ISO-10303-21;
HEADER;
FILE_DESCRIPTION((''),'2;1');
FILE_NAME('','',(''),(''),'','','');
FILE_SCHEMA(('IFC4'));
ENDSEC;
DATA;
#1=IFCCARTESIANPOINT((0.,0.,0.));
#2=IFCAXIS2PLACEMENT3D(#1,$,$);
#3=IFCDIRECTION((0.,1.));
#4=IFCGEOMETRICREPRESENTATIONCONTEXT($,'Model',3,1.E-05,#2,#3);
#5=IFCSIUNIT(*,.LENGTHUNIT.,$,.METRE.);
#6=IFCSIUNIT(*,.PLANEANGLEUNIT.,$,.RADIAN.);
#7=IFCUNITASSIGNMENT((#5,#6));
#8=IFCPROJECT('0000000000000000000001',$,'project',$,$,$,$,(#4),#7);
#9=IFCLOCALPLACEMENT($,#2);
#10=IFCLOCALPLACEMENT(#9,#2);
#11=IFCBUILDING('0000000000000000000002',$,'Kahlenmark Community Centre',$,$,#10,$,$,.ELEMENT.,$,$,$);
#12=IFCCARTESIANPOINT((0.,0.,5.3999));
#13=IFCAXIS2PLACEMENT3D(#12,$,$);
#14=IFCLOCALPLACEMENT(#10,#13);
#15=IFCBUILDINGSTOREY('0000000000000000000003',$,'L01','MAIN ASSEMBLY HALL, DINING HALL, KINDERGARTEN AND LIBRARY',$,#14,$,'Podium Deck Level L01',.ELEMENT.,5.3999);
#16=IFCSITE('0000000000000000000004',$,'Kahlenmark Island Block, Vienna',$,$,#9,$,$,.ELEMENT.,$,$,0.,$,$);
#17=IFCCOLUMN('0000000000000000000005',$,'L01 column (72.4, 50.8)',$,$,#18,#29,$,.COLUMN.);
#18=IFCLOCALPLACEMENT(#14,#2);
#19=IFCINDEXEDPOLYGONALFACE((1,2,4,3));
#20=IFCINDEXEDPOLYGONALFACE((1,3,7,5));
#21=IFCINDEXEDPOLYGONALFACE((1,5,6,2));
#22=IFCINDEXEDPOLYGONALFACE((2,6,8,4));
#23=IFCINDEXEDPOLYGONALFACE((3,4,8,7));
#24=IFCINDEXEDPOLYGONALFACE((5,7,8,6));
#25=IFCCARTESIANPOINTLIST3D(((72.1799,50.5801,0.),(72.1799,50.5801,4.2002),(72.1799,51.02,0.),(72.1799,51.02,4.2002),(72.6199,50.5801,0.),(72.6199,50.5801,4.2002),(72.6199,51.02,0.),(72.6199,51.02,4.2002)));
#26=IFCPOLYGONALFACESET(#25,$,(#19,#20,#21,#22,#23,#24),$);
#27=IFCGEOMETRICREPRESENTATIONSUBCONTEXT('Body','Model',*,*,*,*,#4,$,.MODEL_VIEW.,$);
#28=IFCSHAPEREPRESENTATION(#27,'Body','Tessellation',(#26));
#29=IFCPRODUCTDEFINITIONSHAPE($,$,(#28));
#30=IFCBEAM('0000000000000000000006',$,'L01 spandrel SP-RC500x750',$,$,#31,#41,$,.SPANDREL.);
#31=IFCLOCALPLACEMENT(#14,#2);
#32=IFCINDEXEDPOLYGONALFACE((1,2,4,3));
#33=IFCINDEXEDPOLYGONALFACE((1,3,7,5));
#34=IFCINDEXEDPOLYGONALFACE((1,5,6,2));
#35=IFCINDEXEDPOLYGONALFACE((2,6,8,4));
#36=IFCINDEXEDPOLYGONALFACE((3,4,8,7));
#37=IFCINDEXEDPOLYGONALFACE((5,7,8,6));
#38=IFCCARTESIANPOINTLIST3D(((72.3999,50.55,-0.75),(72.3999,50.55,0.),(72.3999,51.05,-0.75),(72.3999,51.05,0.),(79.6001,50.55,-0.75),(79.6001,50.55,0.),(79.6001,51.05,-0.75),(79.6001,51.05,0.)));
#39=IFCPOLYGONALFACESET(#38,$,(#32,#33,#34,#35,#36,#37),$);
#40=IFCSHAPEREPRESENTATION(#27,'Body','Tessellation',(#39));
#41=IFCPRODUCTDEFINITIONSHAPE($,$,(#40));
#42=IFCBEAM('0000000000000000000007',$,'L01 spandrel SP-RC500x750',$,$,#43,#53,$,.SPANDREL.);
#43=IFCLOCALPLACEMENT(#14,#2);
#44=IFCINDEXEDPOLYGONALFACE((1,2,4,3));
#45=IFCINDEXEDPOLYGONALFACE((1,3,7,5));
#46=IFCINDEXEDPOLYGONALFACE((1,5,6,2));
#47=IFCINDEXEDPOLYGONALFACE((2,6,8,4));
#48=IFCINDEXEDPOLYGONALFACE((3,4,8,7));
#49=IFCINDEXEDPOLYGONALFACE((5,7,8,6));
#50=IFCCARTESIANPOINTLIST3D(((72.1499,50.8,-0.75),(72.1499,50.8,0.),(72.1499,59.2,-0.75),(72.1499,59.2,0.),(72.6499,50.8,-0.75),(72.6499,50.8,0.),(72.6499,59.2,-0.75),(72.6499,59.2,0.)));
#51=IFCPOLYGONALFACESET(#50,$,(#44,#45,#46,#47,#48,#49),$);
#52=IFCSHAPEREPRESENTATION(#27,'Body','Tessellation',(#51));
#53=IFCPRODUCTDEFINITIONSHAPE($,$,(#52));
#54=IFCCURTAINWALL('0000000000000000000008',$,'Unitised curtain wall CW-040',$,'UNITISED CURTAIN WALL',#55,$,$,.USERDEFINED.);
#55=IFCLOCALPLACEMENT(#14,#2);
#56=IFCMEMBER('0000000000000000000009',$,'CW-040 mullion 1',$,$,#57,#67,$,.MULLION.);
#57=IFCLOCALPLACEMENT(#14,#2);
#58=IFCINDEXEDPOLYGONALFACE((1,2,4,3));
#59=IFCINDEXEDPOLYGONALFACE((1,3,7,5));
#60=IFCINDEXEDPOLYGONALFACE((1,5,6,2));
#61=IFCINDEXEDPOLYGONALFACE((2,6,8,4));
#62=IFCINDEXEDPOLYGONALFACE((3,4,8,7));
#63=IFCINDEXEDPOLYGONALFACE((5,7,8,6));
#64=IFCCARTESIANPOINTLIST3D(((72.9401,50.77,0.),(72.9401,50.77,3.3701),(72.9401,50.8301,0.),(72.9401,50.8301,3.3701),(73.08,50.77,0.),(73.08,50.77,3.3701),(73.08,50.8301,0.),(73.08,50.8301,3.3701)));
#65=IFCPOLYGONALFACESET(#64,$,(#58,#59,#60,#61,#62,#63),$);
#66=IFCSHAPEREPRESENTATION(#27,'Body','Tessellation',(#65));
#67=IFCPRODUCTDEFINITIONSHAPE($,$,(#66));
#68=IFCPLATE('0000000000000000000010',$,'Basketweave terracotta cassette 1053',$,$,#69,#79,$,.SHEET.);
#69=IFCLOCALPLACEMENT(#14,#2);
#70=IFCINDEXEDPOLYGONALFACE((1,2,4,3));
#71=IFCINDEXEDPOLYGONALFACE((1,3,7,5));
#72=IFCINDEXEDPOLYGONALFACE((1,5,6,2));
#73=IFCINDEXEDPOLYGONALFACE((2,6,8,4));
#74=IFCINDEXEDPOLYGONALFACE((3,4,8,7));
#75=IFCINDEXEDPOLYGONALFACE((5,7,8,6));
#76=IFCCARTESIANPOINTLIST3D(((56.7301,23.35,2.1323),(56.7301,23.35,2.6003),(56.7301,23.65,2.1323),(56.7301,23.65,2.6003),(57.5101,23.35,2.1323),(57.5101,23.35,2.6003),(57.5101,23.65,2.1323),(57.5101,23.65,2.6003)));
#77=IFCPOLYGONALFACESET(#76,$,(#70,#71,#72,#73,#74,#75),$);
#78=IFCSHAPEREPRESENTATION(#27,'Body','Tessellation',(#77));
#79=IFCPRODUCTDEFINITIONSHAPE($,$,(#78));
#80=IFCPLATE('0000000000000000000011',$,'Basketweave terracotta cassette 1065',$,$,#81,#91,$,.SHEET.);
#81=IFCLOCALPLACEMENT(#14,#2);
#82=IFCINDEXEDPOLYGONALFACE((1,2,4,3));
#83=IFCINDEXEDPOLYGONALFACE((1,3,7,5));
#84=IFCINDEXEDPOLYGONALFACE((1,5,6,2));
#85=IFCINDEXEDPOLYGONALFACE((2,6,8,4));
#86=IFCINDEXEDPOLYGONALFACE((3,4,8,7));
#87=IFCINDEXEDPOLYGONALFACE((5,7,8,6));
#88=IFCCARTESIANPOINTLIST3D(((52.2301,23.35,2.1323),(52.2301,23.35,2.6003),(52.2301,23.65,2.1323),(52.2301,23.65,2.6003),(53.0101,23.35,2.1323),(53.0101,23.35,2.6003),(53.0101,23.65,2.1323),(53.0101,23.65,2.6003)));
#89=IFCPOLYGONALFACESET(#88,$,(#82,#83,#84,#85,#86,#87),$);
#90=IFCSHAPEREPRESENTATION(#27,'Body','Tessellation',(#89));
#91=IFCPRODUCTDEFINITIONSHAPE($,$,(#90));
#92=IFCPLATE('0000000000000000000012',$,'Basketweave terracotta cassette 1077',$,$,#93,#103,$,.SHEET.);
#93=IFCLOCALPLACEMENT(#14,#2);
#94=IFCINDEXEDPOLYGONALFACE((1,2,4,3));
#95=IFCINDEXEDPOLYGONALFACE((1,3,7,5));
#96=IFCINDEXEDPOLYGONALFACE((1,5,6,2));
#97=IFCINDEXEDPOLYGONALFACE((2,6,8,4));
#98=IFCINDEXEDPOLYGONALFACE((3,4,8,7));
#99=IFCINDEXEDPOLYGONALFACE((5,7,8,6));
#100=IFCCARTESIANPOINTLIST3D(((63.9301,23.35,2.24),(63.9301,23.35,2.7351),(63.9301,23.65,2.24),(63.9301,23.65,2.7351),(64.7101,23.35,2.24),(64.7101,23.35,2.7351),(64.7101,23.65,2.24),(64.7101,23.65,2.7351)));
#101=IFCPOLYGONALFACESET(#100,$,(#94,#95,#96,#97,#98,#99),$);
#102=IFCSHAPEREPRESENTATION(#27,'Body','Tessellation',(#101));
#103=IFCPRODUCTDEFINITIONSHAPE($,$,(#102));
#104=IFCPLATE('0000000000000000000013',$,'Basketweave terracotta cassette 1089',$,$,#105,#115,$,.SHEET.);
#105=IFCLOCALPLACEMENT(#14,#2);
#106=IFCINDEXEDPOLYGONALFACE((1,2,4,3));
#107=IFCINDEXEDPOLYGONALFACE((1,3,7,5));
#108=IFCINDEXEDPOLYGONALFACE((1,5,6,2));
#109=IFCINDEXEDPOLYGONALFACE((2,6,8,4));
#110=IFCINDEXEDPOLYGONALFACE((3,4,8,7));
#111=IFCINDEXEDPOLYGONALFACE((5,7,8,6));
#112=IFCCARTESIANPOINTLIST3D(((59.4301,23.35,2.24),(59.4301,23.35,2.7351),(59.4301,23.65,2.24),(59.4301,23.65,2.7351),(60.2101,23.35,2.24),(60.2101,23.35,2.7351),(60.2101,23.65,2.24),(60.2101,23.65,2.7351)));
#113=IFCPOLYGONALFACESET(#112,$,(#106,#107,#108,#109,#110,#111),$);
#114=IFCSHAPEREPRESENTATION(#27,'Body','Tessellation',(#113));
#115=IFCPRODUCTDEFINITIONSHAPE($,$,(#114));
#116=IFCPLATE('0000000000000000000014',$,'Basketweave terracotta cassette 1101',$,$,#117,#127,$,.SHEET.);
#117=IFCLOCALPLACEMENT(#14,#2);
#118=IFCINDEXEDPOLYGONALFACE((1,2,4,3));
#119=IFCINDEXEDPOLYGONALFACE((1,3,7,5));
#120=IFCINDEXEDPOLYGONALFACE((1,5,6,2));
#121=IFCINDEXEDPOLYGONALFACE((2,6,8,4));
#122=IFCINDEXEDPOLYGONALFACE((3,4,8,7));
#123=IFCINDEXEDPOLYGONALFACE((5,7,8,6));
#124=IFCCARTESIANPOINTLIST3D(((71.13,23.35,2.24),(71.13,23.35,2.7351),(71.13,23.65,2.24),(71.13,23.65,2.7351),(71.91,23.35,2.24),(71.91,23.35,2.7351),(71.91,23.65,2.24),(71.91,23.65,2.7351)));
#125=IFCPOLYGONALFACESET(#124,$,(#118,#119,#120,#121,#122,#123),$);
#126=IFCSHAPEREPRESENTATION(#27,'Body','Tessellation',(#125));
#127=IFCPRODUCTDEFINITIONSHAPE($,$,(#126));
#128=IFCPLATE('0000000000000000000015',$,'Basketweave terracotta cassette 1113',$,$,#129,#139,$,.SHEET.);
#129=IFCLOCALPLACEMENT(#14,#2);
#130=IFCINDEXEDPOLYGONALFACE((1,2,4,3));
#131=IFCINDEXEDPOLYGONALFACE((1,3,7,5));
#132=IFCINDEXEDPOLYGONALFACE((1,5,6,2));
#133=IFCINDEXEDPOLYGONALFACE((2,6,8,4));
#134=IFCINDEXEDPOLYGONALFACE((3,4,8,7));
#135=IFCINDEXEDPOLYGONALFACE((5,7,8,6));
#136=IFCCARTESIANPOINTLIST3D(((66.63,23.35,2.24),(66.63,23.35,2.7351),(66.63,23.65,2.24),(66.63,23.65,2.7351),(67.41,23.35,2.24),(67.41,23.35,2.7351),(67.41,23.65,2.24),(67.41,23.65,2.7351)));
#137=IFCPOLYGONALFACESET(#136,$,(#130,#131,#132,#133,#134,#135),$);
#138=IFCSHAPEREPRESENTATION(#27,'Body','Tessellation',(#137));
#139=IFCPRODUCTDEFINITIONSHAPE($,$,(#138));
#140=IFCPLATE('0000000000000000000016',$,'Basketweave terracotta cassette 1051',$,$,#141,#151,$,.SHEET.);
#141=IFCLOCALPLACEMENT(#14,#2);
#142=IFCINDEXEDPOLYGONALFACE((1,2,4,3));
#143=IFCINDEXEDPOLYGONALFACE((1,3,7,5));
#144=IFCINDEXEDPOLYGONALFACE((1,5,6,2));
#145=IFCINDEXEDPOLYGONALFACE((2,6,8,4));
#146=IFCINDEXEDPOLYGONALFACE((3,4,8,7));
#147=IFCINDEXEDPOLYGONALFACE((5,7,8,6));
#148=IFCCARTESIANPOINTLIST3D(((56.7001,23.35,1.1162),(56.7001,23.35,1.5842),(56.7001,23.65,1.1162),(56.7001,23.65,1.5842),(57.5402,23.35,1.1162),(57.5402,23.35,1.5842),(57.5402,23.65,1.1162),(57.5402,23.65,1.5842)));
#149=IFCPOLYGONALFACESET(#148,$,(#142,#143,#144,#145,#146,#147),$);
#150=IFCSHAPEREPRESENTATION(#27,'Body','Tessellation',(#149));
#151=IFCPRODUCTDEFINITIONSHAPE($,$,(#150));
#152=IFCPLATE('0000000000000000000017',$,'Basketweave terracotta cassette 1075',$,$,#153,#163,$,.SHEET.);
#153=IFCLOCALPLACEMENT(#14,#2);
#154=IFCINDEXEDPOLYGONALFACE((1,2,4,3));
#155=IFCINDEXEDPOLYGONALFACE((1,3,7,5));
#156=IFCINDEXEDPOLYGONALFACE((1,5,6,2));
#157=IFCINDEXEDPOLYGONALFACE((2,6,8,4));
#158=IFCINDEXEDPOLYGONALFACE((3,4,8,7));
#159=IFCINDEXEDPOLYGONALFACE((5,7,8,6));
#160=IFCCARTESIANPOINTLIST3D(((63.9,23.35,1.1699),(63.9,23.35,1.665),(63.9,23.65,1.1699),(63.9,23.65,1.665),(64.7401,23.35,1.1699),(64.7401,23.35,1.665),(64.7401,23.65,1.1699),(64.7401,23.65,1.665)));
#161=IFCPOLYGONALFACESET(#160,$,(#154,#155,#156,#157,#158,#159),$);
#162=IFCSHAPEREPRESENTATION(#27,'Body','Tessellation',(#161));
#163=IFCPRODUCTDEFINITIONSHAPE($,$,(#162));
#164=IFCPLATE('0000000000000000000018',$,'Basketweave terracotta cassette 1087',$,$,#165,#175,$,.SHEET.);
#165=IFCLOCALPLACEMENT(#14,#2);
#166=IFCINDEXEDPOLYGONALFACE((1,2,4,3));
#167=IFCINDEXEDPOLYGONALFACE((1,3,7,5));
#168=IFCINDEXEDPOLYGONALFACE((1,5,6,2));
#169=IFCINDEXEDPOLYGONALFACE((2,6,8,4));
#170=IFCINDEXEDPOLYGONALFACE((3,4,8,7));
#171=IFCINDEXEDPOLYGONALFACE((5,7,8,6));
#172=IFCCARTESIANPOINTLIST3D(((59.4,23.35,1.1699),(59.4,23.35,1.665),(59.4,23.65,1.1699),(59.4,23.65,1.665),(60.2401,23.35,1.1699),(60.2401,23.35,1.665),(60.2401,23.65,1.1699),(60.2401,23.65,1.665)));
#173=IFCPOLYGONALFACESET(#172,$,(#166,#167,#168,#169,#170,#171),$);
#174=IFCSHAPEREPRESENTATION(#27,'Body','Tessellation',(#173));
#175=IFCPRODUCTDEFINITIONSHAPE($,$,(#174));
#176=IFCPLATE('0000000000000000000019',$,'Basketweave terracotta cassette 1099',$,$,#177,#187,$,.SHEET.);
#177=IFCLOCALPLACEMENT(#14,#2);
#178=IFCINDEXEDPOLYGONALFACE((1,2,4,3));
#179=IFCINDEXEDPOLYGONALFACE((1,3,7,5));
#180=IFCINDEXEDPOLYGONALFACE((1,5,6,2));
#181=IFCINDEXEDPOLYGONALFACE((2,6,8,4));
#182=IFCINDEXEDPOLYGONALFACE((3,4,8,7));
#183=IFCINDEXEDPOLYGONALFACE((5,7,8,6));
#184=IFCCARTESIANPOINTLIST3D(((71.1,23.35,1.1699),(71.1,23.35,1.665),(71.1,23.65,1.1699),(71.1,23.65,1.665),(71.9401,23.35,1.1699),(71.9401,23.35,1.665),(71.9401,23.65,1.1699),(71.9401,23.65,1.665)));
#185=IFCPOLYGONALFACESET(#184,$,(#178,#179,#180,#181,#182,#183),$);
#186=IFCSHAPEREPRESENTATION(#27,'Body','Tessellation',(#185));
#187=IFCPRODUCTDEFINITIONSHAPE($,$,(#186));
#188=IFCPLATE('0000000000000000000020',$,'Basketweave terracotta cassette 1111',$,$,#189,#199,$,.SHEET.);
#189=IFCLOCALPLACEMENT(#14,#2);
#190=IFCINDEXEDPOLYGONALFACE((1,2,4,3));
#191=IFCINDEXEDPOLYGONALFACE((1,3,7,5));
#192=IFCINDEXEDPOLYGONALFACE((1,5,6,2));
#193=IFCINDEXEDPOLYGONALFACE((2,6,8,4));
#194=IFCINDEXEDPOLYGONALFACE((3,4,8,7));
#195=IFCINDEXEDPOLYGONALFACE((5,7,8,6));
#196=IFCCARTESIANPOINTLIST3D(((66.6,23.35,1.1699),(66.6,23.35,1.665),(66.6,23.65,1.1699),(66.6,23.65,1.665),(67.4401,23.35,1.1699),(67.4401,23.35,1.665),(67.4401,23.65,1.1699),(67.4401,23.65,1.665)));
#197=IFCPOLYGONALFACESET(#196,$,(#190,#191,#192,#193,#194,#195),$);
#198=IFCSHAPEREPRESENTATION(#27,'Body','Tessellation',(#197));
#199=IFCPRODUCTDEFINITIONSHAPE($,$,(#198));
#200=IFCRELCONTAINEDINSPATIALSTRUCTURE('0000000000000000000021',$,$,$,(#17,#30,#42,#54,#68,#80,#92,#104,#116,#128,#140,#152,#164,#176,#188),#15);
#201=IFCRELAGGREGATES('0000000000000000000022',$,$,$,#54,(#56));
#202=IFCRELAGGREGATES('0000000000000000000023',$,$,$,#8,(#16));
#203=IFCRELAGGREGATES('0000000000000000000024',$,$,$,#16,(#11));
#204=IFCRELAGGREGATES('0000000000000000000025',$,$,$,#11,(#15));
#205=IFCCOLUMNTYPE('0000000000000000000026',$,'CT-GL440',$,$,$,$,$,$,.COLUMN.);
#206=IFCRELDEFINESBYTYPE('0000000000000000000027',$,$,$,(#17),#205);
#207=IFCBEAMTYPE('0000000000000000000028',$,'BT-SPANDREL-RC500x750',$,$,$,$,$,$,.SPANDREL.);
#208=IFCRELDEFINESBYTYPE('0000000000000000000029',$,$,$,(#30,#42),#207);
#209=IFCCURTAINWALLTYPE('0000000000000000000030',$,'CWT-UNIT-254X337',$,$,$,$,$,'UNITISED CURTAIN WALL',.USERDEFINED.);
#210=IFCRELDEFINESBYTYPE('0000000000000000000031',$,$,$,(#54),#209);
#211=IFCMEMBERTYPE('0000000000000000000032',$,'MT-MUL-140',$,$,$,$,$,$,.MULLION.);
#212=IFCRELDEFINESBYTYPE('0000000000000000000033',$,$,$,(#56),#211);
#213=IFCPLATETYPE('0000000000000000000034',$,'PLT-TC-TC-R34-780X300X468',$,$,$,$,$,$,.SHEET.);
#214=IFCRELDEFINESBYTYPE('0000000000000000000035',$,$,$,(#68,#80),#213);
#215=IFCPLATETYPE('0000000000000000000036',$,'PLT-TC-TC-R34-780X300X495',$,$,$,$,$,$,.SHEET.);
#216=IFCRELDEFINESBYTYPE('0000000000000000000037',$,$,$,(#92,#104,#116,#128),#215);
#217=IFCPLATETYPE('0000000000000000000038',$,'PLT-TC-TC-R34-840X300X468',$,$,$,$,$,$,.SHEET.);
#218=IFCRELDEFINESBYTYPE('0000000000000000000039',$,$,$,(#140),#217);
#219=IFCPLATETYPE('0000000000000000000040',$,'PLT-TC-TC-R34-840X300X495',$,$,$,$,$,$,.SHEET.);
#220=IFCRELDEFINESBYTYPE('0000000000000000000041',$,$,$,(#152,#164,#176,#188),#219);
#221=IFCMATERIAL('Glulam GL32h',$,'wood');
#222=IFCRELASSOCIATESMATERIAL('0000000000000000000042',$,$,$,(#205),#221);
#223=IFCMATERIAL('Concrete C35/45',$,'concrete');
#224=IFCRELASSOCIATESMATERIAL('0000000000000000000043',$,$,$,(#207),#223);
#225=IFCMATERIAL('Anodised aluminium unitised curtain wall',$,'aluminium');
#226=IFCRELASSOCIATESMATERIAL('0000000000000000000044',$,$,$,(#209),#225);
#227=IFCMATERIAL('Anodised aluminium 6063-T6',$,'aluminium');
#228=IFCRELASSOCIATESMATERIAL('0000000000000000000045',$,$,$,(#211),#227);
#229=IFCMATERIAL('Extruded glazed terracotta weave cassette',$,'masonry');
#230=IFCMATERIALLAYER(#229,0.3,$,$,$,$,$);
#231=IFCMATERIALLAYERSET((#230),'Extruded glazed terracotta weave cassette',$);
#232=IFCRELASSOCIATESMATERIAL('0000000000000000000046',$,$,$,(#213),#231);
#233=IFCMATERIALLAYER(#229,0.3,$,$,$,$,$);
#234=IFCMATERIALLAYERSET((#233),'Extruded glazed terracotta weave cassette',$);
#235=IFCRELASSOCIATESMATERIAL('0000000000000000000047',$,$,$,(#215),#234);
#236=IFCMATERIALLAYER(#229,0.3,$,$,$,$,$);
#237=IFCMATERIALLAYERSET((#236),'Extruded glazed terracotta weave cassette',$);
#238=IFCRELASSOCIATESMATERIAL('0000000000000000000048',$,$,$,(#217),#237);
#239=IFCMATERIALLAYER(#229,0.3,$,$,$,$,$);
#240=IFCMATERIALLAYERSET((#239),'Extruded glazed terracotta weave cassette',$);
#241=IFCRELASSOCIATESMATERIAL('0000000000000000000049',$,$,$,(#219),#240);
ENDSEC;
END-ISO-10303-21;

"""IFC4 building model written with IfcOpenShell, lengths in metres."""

from ifc_helpers import new_model, si_unit, direction, frame, origin, origin_2d, place, context, subcontext, project, spatial, rectangle, extrude, material, layer, layer_set, material_profile, profile_set, type_object, element, aggregate, save


model = new_model("IFC4")

# Units and contexts
model_context = context("Model", 3, precision=1e-05, world=origin(), true_north=direction((0.0, 1.0)))
body_context = subcontext(model_context, "Body", "Model", "MODEL_VIEW")
ifc_project = project(units=[si_unit("LENGTHUNIT", "METRE"), si_unit("PLANEANGLEUNIT", "RADIAN")], contexts=[model_context])

# Site, building, storey
site_placement = place(None, origin())
site = spatial("IfcSite", under=ifc_project, at=site_placement, Name="Kahlenmark Island Block, Vienna", CompositionType="ELEMENT", RefElevation=0.0)
building_placement = place(site_placement, origin())
building = spatial("IfcBuilding", under=site, at=building_placement, Name="Kahlenmark Community Centre", CompositionType="ELEMENT")
storey_placement = place(building_placement, frame((0.0, 0.0, 5.3999)))
storey = spatial("IfcBuildingStorey", under=building, at=storey_placement, Name="L01", Description="MAIN ASSEMBLY HALL, DINING HALL, KINDERGARTEN AND LIBRARY", LongName="Podium Deck Level L01", CompositionType="ELEMENT", Elevation=5.3999)

# Column
ifc_material_1 = material(Name="Glulam GL32h", Category="wood")
ifc_material_profile_1 = material_profile(ifc_material_1, rectangle(XDim=0.4399, YDim=0.4399, at=origin_2d()), Name="GL32h 440x440")
ifc_profile_set_1 = profile_set([ifc_material_profile_1], Name="Glulam GL32h")
column_type = type_object("IfcColumnType", Name="CT-GL440", PredefinedType="COLUMN", material=ifc_profile_set_1)
column_placement = place(storey_placement, frame((72.3999, 50.8, 0.0), z_axis=(0.0, 0.0, 1.0), x_axis=(1.0, 0.0, 0.0)))
element("IfcColumn", 1, at=column_placement, inside=storey, type_object=column_type, Name="L01 column (72.4, 50.8)", PredefinedType="COLUMN", context=body_context, shape_type="SweptSolid", body=[
    extrude(rectangle(XDim=0.4399, YDim=0.4399, at=origin_2d()), origin(), (0.0, 0.0, 1.0), 4.2002),
])

# Beams
ifc_material_2 = material(Name="Concrete C35/45", Category="concrete")
ifc_material_profile_2 = material_profile(ifc_material_2, rectangle(XDim=0.5, YDim=0.75, at=origin_2d()), Name="RC 500x750")
ifc_profile_set_2 = profile_set([ifc_material_profile_2], Name="Concrete C35/45")
beam_type = type_object("IfcBeamType", Name="BT-SPANDREL-RC500x750", PredefinedType="SPANDREL", material=ifc_profile_set_2)
beam_1_placement = place(storey_placement, frame((72.3999, 50.8, -0.375), z_axis=(1.0, 0.0, 0.0), x_axis=(0.0, 1.0, 0.0)))
element("IfcBeam", 2, at=beam_1_placement, inside=storey, type_object=beam_type, Name="L01 spandrel SP-RC500x750", PredefinedType="SPANDREL", context=body_context, shape_type="SweptSolid", body=[
    extrude(rectangle(XDim=0.5, YDim=0.75, at=origin_2d()), origin(), (0.0, 0.0, 1.0), 7.2002),
])
beam_2_placement = place(storey_placement, frame((72.3999, 50.8, -0.375), z_axis=(0.0, 1.0, 0.0), x_axis=(-1.0, 0.0, 0.0)))
element("IfcBeam", 3, at=beam_2_placement, inside=storey, type_object=beam_type, Name="L01 spandrel SP-RC500x750", PredefinedType="SPANDREL", context=body_context, shape_type="SweptSolid", body=[
    extrude(rectangle(XDim=0.5, YDim=0.75, at=origin_2d()), origin(), (0.0, 0.0, 1.0), 8.3999),
])

# Curtain wall, member
ifc_material_3 = material(Name="Anodised aluminium unitised curtain wall", Category="aluminium")
curtain_wall_type = type_object("IfcCurtainWallType", Name="CWT-UNIT-254X337", ElementType="UNITISED CURTAIN WALL", PredefinedType="USERDEFINED", material=ifc_material_3)
curtain_wall_placement = place(storey_placement, origin())
curtain_wall = element("IfcCurtainWall", 4, at=curtain_wall_placement, inside=storey, type_object=curtain_wall_type, Name="Unitised curtain wall CW-040", ObjectType="UNITISED CURTAIN WALL", PredefinedType="USERDEFINED")
ifc_material_4 = material(Name="Anodised aluminium 6063-T6", Category="aluminium")
ifc_material_profile_3 = material_profile(ifc_material_4, rectangle(XDim=0.0601, YDim=0.1399, at=origin_2d()), Name="ALU MULLION 60x140")
ifc_profile_set_3 = profile_set([ifc_material_profile_3], Name="Anodised aluminium 6063-T6")
member_type = type_object("IfcMemberType", Name="MT-MUL-140", PredefinedType="MULLION", material=ifc_profile_set_3)
member_placement = place(storey_placement, frame((73.01, 50.8, 0.0), z_axis=(0.0, 0.0, 1.0), x_axis=(0.0, 1.0, 0.0)))
member = element("IfcMember", 5, at=member_placement, type_object=member_type, Name="CW-040 mullion 1", PredefinedType="MULLION", context=body_context, shape_type="SweptSolid", body=[
    extrude(rectangle(XDim=0.0601, YDim=0.1399, at=origin_2d()), origin(), (0.0, 0.0, 1.0), 3.3701),
])
aggregate(curtain_wall, [member])

# Plates
ifc_material_5 = material(Name="Extruded glazed terracotta weave cassette", Category="masonry")
ifc_layer_1 = layer(ifc_material_5, 0.3)
ifc_layer_set_1 = layer_set([ifc_layer_1], Name="Extruded glazed terracotta weave cassette")
plate_type_1 = type_object("IfcPlateType", Name="PLT-TC-TC-R34-780X300X468", PredefinedType="SHEET", material=ifc_layer_set_1)
for number, where, z_axis, x_axis, name in (
    (6, (57.1201, 23.5, 2.1323), (0.0, 0.0, 1.0), (-1.0, 0.0, 0.0), "Basketweave terracotta cassette 1053"),
    (7, (52.6201, 23.5, 2.1323), (0.0, 0.0, 1.0), (-1.0, 0.0, 0.0), "Basketweave terracotta cassette 1065"),
):
    element("IfcPlate", number, at=place(storey_placement, frame(where, z_axis=z_axis, x_axis=x_axis)), inside=storey, type_object=plate_type_1, Name=name, PredefinedType="SHEET", context=body_context, shape_type="SweptSolid", body=[
        extrude(rectangle(XDim=0.78, YDim=0.3, at=origin_2d()), origin(), (0.0, 0.0, 1.0), 0.468),
    ])
ifc_layer_2 = layer(ifc_material_5, 0.3)
ifc_layer_set_2 = layer_set([ifc_layer_2], Name="Extruded glazed terracotta weave cassette")
plate_type_2 = type_object("IfcPlateType", Name="PLT-TC-TC-R34-780X300X495", PredefinedType="SHEET", material=ifc_layer_set_2)
for number, where, z_axis, x_axis, name in (
    (8, (64.3201, 23.5, 2.24), (0.0, 0.0, 1.0), (-1.0, 0.0, 0.0), "Basketweave terracotta cassette 1077"),
    (9, (59.8201, 23.5, 2.24), (0.0, 0.0, 1.0), (-1.0, 0.0, 0.0), "Basketweave terracotta cassette 1089"),
    (10, (71.52, 23.5, 2.24), (0.0, 0.0, 1.0), (-1.0, 0.0, 0.0), "Basketweave terracotta cassette 1101"),
    (11, (67.02, 23.5, 2.24), (0.0, 0.0, 1.0), (-1.0, 0.0, 0.0), "Basketweave terracotta cassette 1113"),
):
    element("IfcPlate", number, at=place(storey_placement, frame(where, z_axis=z_axis, x_axis=x_axis)), inside=storey, type_object=plate_type_2, Name=name, PredefinedType="SHEET", context=body_context, shape_type="SweptSolid", body=[
        extrude(rectangle(XDim=0.78, YDim=0.3, at=origin_2d()), origin(), (0.0, 0.0, 1.0), 0.4951),
    ])
ifc_layer_3 = layer(ifc_material_5, 0.3)
ifc_layer_set_3 = layer_set([ifc_layer_3], Name="Extruded glazed terracotta weave cassette")
plate_type_3 = type_object("IfcPlateType", Name="PLT-TC-TC-R34-840X300X468", PredefinedType="SHEET", material=ifc_layer_set_3)
plate_1_placement = place(storey_placement, frame((57.1201, 23.5, 1.1162), z_axis=(0.0, 0.0, 1.0), x_axis=(-1.0, 0.0, 0.0)))
element("IfcPlate", 12, at=plate_1_placement, inside=storey, type_object=plate_type_3, Name="Basketweave terracotta cassette 1051", PredefinedType="SHEET", context=body_context, shape_type="SweptSolid", body=[
    extrude(rectangle(XDim=0.8401, YDim=0.3, at=origin_2d()), origin(), (0.0, 0.0, 1.0), 0.468),
])
ifc_layer_4 = layer(ifc_material_5, 0.3)
ifc_layer_set_4 = layer_set([ifc_layer_4], Name="Extruded glazed terracotta weave cassette")
plate_type_4 = type_object("IfcPlateType", Name="PLT-TC-TC-R34-840X300X495", PredefinedType="SHEET", material=ifc_layer_set_4)
for number, where, z_axis, x_axis, name in (
    (13, (64.3201, 23.5, 1.1699), (0.0, 0.0, 1.0), (-1.0, 0.0, 0.0), "Basketweave terracotta cassette 1075"),
    (14, (59.8201, 23.5, 1.1699), (0.0, 0.0, 1.0), (-1.0, 0.0, 0.0), "Basketweave terracotta cassette 1087"),
    (15, (71.52, 23.5, 1.1699), (0.0, 0.0, 1.0), (-1.0, 0.0, 0.0), "Basketweave terracotta cassette 1099"),
    (16, (67.02, 23.5, 1.1699), (0.0, 0.0, 1.0), (-1.0, 0.0, 0.0), "Basketweave terracotta cassette 1111"),
):
    element("IfcPlate", number, at=place(storey_placement, frame(where, z_axis=z_axis, x_axis=x_axis)), inside=storey, type_object=plate_type_4, Name=name, PredefinedType="SHEET", context=body_context, shape_type="SweptSolid", body=[
        extrude(rectangle(XDim=0.8401, YDim=0.3, at=origin_2d()), origin(), (0.0, 0.0, 1.0), 0.4951),
    ])

save(model, "model.ifc")
